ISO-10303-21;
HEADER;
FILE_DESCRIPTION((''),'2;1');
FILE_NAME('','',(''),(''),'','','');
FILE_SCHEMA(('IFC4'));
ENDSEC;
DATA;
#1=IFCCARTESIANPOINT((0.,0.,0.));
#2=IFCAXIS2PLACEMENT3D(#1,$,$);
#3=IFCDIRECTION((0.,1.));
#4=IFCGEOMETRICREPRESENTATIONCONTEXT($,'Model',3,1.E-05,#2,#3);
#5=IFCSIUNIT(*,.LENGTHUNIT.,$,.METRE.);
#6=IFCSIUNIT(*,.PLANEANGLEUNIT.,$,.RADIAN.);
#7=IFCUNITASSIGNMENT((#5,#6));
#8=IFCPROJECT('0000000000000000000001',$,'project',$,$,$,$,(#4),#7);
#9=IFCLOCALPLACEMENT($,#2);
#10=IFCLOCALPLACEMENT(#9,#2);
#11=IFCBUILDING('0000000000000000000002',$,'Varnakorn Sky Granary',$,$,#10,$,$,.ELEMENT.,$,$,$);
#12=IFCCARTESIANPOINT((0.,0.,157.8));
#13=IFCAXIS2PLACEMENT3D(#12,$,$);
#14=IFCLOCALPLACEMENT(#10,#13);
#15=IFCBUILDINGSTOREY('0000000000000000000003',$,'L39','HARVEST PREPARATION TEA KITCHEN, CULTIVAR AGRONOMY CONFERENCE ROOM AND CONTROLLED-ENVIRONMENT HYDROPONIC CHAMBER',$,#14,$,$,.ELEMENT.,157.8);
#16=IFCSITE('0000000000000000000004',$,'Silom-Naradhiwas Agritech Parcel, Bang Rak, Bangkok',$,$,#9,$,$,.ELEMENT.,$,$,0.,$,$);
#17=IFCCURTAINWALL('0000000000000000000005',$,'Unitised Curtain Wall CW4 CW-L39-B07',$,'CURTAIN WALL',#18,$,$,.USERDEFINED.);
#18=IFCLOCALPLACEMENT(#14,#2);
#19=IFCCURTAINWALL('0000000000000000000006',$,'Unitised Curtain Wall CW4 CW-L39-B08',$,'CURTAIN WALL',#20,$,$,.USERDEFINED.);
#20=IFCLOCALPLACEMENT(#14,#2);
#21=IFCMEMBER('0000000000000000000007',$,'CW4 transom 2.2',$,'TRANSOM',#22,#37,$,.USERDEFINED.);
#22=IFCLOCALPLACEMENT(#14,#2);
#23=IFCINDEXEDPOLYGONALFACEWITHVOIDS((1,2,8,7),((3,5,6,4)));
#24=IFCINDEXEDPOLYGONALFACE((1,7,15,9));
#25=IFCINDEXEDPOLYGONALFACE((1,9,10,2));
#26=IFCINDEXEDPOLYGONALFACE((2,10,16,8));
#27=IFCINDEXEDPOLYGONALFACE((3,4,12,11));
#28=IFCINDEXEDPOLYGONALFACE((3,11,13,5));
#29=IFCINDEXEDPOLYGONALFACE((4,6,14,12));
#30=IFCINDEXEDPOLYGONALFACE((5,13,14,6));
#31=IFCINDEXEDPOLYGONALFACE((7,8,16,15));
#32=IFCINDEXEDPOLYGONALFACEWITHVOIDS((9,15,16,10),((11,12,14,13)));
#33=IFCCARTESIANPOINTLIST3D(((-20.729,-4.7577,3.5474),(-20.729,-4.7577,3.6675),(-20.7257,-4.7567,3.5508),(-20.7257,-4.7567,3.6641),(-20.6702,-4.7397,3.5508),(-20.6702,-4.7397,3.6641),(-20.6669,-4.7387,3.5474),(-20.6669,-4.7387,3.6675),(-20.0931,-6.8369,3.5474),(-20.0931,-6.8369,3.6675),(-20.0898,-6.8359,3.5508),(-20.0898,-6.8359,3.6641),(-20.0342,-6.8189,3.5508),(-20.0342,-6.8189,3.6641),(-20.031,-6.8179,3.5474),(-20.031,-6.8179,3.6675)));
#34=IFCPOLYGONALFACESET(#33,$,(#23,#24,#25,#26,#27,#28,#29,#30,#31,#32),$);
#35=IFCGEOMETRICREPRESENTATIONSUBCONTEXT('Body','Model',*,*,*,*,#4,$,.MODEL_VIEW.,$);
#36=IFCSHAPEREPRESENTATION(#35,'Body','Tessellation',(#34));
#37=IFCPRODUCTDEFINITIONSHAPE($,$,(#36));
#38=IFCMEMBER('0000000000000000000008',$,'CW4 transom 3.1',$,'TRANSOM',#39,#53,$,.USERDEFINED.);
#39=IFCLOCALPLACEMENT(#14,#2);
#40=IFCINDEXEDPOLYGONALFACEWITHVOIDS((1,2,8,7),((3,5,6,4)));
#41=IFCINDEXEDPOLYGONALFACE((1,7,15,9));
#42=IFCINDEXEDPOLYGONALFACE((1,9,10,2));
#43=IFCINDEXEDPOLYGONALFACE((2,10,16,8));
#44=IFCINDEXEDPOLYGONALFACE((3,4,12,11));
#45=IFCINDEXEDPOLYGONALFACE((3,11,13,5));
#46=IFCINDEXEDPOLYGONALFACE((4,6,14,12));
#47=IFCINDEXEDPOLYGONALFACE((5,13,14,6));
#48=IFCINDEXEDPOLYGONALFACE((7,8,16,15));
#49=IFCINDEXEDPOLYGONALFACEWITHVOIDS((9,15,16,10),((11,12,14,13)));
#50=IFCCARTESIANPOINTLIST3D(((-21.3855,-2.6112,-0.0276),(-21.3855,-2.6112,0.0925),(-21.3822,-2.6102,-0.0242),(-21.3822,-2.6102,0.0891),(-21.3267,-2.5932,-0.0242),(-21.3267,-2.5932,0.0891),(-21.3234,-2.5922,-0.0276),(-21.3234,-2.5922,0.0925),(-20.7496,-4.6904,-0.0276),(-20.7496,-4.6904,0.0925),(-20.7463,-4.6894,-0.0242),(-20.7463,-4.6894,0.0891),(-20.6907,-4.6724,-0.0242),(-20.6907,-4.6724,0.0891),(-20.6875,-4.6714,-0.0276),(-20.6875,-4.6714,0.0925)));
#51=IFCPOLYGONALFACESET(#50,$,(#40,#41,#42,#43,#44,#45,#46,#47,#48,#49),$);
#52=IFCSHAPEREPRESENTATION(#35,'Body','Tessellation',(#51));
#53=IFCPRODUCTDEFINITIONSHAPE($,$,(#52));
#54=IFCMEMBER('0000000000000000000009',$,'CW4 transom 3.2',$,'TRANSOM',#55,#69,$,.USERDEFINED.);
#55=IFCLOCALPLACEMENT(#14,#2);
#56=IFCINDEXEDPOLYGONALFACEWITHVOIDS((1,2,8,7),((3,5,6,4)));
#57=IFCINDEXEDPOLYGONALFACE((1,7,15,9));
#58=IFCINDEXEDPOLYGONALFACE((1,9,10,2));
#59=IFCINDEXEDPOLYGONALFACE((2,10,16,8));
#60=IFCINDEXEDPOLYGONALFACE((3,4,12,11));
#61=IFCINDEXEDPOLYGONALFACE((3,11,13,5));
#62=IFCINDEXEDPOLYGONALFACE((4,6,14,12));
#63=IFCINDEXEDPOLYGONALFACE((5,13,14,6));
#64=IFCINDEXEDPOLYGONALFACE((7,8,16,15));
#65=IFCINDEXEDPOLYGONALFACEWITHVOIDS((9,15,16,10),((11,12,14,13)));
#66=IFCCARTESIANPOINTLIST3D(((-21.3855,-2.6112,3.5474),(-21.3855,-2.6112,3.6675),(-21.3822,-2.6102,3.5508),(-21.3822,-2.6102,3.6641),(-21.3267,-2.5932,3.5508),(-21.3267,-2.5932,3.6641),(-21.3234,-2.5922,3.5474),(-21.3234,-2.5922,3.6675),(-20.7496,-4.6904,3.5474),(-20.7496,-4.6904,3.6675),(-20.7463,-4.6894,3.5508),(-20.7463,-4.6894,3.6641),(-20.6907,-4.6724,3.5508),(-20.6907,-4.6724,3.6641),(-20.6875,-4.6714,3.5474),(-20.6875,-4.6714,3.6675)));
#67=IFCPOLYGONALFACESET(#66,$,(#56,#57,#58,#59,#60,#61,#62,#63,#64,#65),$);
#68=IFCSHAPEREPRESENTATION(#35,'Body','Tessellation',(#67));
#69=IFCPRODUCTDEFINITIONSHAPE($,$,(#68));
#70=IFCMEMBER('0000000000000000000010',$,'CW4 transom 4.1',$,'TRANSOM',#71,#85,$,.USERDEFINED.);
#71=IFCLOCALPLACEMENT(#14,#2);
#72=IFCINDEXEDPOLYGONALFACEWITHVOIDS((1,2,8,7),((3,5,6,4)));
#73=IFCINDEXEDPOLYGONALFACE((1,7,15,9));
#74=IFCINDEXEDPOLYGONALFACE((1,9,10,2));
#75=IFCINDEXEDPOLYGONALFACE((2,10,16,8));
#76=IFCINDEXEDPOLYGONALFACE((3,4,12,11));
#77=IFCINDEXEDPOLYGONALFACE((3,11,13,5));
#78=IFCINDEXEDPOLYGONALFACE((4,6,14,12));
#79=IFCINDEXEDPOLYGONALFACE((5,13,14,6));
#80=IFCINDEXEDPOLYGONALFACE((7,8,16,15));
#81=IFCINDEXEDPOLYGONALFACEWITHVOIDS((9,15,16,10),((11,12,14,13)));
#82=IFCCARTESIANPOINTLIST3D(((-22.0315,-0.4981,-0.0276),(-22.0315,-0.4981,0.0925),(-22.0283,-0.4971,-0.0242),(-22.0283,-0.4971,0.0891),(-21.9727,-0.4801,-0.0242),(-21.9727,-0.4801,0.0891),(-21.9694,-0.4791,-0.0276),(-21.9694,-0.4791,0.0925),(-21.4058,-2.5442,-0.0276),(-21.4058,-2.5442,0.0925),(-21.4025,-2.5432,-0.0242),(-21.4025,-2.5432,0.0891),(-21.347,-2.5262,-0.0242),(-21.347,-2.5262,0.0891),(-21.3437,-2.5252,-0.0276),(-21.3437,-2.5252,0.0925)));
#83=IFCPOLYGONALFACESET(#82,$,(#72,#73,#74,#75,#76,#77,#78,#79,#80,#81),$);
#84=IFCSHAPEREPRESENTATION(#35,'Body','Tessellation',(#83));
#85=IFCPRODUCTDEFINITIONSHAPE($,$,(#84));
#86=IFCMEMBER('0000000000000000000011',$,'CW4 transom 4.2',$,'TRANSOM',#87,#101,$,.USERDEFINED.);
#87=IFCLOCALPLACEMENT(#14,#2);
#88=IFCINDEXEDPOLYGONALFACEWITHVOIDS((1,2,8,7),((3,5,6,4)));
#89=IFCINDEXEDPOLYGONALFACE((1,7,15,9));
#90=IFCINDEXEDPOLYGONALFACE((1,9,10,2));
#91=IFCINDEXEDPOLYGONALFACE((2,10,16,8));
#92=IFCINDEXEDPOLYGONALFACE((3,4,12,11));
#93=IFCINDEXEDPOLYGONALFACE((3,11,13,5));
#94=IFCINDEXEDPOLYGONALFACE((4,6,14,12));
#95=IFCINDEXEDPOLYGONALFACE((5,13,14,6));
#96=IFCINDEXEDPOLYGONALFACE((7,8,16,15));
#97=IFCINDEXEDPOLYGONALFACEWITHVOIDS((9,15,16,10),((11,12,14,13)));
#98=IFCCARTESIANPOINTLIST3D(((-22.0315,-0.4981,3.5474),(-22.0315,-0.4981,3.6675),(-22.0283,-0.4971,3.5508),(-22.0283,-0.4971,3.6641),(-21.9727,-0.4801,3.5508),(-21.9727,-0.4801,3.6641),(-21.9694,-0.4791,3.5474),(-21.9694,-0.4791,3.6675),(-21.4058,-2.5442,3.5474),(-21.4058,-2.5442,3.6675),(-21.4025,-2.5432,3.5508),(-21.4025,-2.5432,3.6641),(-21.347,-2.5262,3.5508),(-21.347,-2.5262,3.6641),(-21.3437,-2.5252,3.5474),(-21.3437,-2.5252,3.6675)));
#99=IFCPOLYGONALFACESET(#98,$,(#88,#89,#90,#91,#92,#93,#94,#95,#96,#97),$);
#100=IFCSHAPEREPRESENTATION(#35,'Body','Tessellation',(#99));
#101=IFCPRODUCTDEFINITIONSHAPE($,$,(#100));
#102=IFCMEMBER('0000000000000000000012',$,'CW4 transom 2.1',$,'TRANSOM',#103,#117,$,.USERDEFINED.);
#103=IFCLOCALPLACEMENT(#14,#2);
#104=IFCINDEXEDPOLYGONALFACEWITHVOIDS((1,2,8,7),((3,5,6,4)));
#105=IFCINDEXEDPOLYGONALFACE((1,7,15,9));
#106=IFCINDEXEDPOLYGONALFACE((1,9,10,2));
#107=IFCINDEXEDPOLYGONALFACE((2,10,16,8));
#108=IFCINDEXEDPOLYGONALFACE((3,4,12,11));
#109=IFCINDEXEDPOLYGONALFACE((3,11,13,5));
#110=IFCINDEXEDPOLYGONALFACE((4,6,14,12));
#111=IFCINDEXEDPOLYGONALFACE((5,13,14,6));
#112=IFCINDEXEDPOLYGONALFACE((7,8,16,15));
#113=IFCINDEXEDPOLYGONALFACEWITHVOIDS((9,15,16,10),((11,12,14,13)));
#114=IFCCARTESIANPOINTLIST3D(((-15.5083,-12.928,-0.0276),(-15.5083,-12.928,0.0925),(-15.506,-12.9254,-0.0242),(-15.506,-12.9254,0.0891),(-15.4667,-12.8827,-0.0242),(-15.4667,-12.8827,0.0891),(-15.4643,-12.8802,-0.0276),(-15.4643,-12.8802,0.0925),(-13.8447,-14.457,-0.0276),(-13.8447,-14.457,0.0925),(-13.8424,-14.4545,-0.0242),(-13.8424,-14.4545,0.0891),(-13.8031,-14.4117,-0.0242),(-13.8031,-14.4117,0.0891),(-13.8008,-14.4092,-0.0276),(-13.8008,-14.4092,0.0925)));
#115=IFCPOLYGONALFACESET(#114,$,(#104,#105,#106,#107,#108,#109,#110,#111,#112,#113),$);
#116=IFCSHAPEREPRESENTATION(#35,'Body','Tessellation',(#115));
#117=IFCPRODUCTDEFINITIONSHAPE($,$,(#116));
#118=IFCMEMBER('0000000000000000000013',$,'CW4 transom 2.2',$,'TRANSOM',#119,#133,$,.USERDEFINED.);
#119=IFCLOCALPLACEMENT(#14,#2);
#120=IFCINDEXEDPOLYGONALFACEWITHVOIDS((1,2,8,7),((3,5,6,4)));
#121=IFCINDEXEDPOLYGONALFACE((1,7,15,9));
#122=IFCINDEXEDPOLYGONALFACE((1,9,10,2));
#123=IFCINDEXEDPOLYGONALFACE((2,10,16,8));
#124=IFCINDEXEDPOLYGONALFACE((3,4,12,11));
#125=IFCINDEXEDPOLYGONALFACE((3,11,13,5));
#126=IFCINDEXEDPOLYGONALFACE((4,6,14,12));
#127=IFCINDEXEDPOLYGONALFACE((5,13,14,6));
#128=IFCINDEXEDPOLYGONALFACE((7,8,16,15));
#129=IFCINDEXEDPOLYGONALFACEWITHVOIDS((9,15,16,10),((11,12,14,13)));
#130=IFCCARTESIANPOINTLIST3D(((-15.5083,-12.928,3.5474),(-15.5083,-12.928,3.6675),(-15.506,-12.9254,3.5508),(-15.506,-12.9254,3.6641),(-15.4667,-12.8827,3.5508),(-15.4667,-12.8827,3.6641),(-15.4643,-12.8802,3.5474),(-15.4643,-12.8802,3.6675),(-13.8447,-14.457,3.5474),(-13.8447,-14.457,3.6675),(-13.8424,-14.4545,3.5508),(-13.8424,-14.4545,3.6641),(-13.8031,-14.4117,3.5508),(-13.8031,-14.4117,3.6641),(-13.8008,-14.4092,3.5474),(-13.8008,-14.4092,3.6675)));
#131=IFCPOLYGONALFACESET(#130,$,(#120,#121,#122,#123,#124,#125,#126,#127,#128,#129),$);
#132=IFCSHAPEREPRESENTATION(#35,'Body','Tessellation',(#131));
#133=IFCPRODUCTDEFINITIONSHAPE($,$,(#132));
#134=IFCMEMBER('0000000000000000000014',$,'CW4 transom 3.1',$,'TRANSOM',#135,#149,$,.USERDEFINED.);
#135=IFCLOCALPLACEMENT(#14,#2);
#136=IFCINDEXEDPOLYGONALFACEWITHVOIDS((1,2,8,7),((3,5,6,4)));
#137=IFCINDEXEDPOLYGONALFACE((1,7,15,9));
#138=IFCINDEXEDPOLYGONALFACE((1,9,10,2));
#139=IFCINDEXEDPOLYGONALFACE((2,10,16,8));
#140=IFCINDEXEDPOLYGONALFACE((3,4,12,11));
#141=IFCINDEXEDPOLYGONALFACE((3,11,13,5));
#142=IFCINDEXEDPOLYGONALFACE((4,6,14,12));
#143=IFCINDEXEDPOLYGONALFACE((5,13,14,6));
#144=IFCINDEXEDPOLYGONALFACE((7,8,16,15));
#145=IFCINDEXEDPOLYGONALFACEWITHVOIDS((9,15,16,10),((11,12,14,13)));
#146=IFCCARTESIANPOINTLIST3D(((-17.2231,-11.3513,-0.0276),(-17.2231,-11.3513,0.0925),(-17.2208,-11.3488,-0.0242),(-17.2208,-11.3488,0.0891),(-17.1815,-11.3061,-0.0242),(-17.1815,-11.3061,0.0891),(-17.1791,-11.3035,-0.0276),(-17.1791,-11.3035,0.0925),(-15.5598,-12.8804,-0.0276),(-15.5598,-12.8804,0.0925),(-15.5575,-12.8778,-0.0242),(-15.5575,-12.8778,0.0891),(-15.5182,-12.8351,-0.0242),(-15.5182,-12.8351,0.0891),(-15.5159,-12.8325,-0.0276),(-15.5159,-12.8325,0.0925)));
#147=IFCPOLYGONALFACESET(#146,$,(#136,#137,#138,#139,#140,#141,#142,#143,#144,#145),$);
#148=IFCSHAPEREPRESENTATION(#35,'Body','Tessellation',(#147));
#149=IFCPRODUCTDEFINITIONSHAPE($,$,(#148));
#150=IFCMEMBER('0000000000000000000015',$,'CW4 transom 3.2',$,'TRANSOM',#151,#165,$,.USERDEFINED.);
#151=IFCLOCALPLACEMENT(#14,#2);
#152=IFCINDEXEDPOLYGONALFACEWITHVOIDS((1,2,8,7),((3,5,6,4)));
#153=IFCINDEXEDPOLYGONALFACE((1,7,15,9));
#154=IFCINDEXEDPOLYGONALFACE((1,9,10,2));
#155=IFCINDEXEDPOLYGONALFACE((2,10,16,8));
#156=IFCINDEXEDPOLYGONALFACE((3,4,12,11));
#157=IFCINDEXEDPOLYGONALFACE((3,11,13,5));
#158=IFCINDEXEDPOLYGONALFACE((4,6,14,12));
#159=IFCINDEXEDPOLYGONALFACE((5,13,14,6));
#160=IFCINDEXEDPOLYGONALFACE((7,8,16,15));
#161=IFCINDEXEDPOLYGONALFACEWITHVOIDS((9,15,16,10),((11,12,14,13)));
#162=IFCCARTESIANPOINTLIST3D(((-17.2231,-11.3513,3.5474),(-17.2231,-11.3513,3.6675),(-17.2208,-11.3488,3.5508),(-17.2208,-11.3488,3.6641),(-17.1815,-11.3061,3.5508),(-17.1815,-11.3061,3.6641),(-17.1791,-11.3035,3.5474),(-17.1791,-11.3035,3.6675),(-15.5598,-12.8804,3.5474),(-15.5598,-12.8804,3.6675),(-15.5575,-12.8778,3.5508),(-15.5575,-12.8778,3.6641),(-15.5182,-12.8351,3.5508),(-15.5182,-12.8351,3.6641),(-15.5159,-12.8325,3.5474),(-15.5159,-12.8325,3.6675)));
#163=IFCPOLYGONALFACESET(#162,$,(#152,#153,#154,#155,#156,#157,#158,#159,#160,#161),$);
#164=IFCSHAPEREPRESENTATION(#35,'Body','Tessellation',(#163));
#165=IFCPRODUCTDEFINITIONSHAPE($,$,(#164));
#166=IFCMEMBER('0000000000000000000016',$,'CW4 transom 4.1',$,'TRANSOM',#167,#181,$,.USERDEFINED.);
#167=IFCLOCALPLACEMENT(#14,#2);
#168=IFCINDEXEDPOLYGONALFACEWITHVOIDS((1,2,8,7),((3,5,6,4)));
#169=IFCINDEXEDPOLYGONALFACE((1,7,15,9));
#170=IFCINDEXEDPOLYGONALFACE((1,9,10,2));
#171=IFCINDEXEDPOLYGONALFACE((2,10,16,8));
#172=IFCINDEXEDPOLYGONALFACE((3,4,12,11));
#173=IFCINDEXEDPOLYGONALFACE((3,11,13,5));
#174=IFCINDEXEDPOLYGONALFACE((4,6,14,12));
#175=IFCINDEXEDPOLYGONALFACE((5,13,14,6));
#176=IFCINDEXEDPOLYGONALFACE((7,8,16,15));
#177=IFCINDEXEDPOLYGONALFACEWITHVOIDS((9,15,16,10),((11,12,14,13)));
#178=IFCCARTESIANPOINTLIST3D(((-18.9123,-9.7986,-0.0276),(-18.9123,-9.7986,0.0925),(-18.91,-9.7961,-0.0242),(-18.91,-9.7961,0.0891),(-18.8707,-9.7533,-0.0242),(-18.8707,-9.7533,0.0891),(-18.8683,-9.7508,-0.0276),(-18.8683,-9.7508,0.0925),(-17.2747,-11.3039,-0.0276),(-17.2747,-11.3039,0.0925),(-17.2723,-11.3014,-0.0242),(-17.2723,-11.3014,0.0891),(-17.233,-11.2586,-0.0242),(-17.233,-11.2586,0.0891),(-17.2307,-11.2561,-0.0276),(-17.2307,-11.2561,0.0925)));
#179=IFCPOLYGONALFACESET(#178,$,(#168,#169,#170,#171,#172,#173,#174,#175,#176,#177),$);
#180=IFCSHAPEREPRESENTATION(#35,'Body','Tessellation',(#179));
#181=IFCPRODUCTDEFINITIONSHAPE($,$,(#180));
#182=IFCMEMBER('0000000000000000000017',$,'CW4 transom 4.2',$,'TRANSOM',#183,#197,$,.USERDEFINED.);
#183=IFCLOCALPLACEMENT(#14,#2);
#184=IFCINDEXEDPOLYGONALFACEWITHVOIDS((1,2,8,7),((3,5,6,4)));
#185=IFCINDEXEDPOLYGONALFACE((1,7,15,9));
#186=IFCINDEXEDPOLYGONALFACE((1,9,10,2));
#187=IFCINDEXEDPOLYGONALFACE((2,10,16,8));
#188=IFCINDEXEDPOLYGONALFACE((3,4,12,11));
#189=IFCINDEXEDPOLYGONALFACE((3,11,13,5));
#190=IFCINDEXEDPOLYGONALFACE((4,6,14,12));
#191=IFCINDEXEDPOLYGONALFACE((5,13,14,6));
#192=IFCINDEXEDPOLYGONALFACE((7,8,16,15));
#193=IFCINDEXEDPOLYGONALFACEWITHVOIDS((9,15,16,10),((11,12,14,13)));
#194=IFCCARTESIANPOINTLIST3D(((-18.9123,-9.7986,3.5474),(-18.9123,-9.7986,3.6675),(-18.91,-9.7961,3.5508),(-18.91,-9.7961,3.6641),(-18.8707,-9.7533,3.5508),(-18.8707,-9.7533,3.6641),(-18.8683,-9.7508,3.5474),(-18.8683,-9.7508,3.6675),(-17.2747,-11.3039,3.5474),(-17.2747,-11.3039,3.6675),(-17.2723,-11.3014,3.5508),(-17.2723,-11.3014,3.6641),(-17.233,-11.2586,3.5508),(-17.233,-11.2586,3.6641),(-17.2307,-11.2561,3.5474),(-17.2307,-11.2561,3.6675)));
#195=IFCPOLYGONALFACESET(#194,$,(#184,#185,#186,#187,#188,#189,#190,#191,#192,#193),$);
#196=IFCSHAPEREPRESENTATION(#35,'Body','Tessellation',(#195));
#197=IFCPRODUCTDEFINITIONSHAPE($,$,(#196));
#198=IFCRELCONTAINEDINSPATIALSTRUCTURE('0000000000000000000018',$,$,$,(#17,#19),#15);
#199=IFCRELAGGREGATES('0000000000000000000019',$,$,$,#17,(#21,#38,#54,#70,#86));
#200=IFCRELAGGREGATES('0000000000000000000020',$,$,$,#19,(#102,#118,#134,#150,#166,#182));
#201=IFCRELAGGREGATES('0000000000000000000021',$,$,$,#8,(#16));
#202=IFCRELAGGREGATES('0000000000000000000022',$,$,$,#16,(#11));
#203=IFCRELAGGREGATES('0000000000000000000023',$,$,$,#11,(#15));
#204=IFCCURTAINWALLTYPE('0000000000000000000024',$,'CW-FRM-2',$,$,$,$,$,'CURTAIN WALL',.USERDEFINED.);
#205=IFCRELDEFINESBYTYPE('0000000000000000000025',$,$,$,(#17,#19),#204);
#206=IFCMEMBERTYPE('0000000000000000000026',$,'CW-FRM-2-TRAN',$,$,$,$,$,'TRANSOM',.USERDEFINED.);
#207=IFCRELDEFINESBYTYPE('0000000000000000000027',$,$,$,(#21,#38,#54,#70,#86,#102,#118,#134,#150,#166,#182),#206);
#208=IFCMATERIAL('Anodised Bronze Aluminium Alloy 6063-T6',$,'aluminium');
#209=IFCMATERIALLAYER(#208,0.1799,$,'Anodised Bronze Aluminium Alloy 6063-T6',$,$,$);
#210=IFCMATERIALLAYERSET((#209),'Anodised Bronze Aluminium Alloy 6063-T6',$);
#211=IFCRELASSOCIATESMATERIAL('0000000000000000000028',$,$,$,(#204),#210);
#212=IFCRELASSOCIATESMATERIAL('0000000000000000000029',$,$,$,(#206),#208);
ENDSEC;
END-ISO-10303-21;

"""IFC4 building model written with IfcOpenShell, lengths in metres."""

from ifc_helpers import new_model, si_unit, direction, frame, origin, origin_2d, place, context, subcontext, project, spatial, hollow_rectangle, extrude, material, layer, layer_set, material_profile, profile_set, type_object, element, aggregate, save


model = new_model("IFC4")

# Units and contexts
model_context = context("Model", 3, precision=1e-05, world=origin(), true_north=direction((0.0, 1.0)))
body_context = subcontext(model_context, "Body", "Model", "MODEL_VIEW")
ifc_project = project(units=[si_unit("LENGTHUNIT", "METRE"), si_unit("PLANEANGLEUNIT", "RADIAN")], contexts=[model_context])

# Site, building, storey
site_placement = place(None, origin())
site = spatial("IfcSite", under=ifc_project, at=site_placement, Name="Silom-Naradhiwas Agritech Parcel, Bang Rak, Bangkok", CompositionType="ELEMENT", RefElevation=0.0)
building_placement = place(site_placement, origin())
building = spatial("IfcBuilding", under=site, at=building_placement, Name="Varnakorn Sky Granary", CompositionType="ELEMENT")
storey_placement = place(building_placement, frame((0.0, 0.0, 157.8)))
storey = spatial("IfcBuildingStorey", under=building, at=storey_placement, Name="L39", Description="HARVEST PREPARATION TEA KITCHEN, CULTIVAR AGRONOMY CONFERENCE ROOM AND CONTROLLED-ENVIRONMENT HYDROPONIC CHAMBER", CompositionType="ELEMENT", Elevation=157.8)

# Curtain walls
ifc_material_1 = material(Name="Anodised Bronze Aluminium Alloy 6063-T6", Category="aluminium")
ifc_layer_1 = layer(ifc_material_1, 0.1799, Name="Anodised Bronze Aluminium Alloy 6063-T6")
ifc_layer_set_1 = layer_set([ifc_layer_1], Name="Anodised Bronze Aluminium Alloy 6063-T6")
curtain_wall_type = type_object("IfcCurtainWallType", Name="CW-FRM-2", ElementType="CURTAIN WALL", PredefinedType="USERDEFINED", material=ifc_layer_set_1)
curtain_wall_1_placement = place(storey_placement, origin())
curtain_wall_1 = element("IfcCurtainWall", 1, at=curtain_wall_1_placement, inside=storey, type_object=curtain_wall_type, Name="Unitised Curtain Wall CW4 CW-L39-B07", ObjectType="CURTAIN WALL", PredefinedType="USERDEFINED")
curtain_wall_2_placement = place(storey_placement, origin())
curtain_wall_2 = element("IfcCurtainWall", 2, at=curtain_wall_2_placement, inside=storey, type_object=curtain_wall_type, Name="Unitised Curtain Wall CW4 CW-L39-B08", ObjectType="CURTAIN WALL", PredefinedType="USERDEFINED")

# Members
ifc_material_profile_1 = material_profile(ifc_material_1, hollow_rectangle(XDim=0.0649, YDim=0.1201, WallThickness=0.0034, at=origin_2d()), Name="ALU TRAN 65x120")
ifc_profile_set_1 = profile_set([ifc_material_profile_1], Name="Anodised Bronze Aluminium Alloy 6063-T6")
member_type_1 = type_object("IfcMemberType", Name="CW-FRM-2-TRAN", ElementType="TRANSOM", PredefinedType="USERDEFINED", material=ifc_profile_set_1)
member_1_placement = place(storey_placement, frame((-20.062, -6.8274, 3.6074), z_axis=(-0.292484, 0.95627, 0.0), x_axis=(-0.95627, -0.292484, 0.0)))
member_1 = element("IfcMember", 3, at=member_1_placement, type_object=member_type_1, Name="CW4 transom 2.2", ObjectType="TRANSOM", PredefinedType="USERDEFINED", context=body_context, shape_type="SweptSolid", body=[
    extrude(hollow_rectangle(XDim=0.0649, YDim=0.1201, WallThickness=0.0034, at=origin_2d()), origin(), (0.0, 0.0, 1.0), 2.1743),
])
member_2_placement = place(storey_placement, frame((-20.7185, -4.6809, 0.0325), z_axis=(-0.292484, 0.95627, 0.0), x_axis=(-0.95627, -0.292484, 0.0)))
member_2 = element("IfcMember", 4, at=member_2_placement, type_object=member_type_1, Name="CW4 transom 3.1", ObjectType="TRANSOM", PredefinedType="USERDEFINED", context=body_context, shape_type="SweptSolid", body=[
    extrude(hollow_rectangle(XDim=0.0649, YDim=0.1201, WallThickness=0.0034, at=origin_2d()), origin(), (0.0, 0.0, 1.0), 2.1743),
])
member_3_placement = place(storey_placement, frame((-20.7185, -4.6809, 3.6074), z_axis=(-0.292484, 0.95627, 0.0), x_axis=(-0.95627, -0.292484, 0.0)))
member_3 = element("IfcMember", 5, at=member_3_placement, type_object=member_type_1, Name="CW4 transom 3.2", ObjectType="TRANSOM", PredefinedType="USERDEFINED", context=body_context, shape_type="SweptSolid", body=[
    extrude(hollow_rectangle(XDim=0.0649, YDim=0.1201, WallThickness=0.0034, at=origin_2d()), origin(), (0.0, 0.0, 1.0), 2.1743),
])
member_4_placement = place(storey_placement, frame((-21.3748, -2.5347, 0.0325), z_axis=(-0.292442, 0.956283, 0.0), x_axis=(-0.956283, -0.292442, 0.0)))
member_4 = element("IfcMember", 6, at=member_4_placement, type_object=member_type_1, Name="CW4 transom 4.1", ObjectType="TRANSOM", PredefinedType="USERDEFINED", context=body_context, shape_type="SweptSolid", body=[
    extrude(hollow_rectangle(XDim=0.0649, YDim=0.1201, WallThickness=0.0034, at=origin_2d()), origin(), (0.0, 0.0, 1.0), 2.1396),
])
member_5_placement = place(storey_placement, frame((-21.3748, -2.5347, 3.6074), z_axis=(-0.292442, 0.956283, 0.0), x_axis=(-0.956283, -0.292442, 0.0)))
member_5 = element("IfcMember", 7, at=member_5_placement, type_object=member_type_1, Name="CW4 transom 4.2", ObjectType="TRANSOM", PredefinedType="USERDEFINED", context=body_context, shape_type="SweptSolid", body=[
    extrude(hollow_rectangle(XDim=0.0649, YDim=0.1201, WallThickness=0.0034, at=origin_2d()), origin(), (0.0, 0.0, 1.0), 2.1396),
])
member_6_placement = place(storey_placement, frame((-13.8228, -14.4331, 0.0325), z_axis=(-0.736247, 0.676712, 0.0), x_axis=(-0.676712, -0.736247, 0.0)))
member_6 = element("IfcMember", 8, at=member_6_placement, type_object=member_type_1, Name="CW4 transom 2.1", ObjectType="TRANSOM", PredefinedType="USERDEFINED", context=body_context, shape_type="SweptSolid", body=[
    extrude(hollow_rectangle(XDim=0.0649, YDim=0.1201, WallThickness=0.0034, at=origin_2d()), origin(), (0.0, 0.0, 1.0), 2.2595),
])
member_7_placement = place(storey_placement, frame((-13.8228, -14.4331, 3.6074), z_axis=(-0.736247, 0.676712, 0.0), x_axis=(-0.676712, -0.736247, 0.0)))
member_7 = element("IfcMember", 9, at=member_7_placement, type_object=member_type_1, Name="CW4 transom 2.2", ObjectType="TRANSOM", PredefinedType="USERDEFINED", context=body_context, shape_type="SweptSolid", body=[
    extrude(hollow_rectangle(XDim=0.0649, YDim=0.1201, WallThickness=0.0034, at=origin_2d()), origin(), (0.0, 0.0, 1.0), 2.2595),
])
member_8_placement = place(storey_placement, frame((-15.5378, -12.8564, 0.0325), z_axis=(-0.736198, 0.676766, 0.0), x_axis=(-0.676766, -0.736198, 0.0)))
member_8 = element("IfcMember", 10, at=member_8_placement, type_object=member_type_1, Name="CW4 transom 3.1", ObjectType="TRANSOM", PredefinedType="USERDEFINED", context=body_context, shape_type="SweptSolid", body=[
    extrude(hollow_rectangle(XDim=0.0649, YDim=0.1201, WallThickness=0.0034, at=origin_2d()), origin(), (0.0, 0.0, 1.0), 2.2593),
])
member_9_placement = place(storey_placement, frame((-15.5378, -12.8564, 3.6074), z_axis=(-0.736198, 0.676766, 0.0), x_axis=(-0.676766, -0.736198, 0.0)))
member_9 = element("IfcMember", 11, at=member_9_placement, type_object=member_type_1, Name="CW4 transom 3.2", ObjectType="TRANSOM", PredefinedType="USERDEFINED", context=body_context, shape_type="SweptSolid", body=[
    extrude(hollow_rectangle(XDim=0.0649, YDim=0.1201, WallThickness=0.0034, at=origin_2d()), origin(), (0.0, 0.0, 1.0), 2.2593),
])
member_10_placement = place(storey_placement, frame((-17.2527, -11.28, 0.0325), z_axis=(-0.736224, 0.676738, 0.0), x_axis=(-0.676738, -0.736224, 0.0)))
member_10 = element("IfcMember", 12, at=member_10_placement, type_object=member_type_1, Name="CW4 transom 4.1", ObjectType="TRANSOM", PredefinedType="USERDEFINED", context=body_context, shape_type="SweptSolid", body=[
    extrude(hollow_rectangle(XDim=0.0649, YDim=0.1201, WallThickness=0.0034, at=origin_2d()), origin(), (0.0, 0.0, 1.0), 2.2244),
])
member_11_placement = place(storey_placement, frame((-17.2527, -11.28, 3.6074), z_axis=(-0.736224, 0.676738, 0.0), x_axis=(-0.676738, -0.736224, 0.0)))
member_11 = element("IfcMember", 13, at=member_11_placement, type_object=member_type_1, Name="CW4 transom 4.2", ObjectType="TRANSOM", PredefinedType="USERDEFINED", context=body_context, shape_type="SweptSolid", body=[
    extrude(hollow_rectangle(XDim=0.0649, YDim=0.1201, WallThickness=0.0034, at=origin_2d()), origin(), (0.0, 0.0, 1.0), 2.2244),
])

aggregate(curtain_wall_1, [member_1, member_2, member_3, member_4, member_5])
aggregate(curtain_wall_2, [member_6, member_7, member_8, member_9, member_10, member_11])

save(model, "model.ifc")
